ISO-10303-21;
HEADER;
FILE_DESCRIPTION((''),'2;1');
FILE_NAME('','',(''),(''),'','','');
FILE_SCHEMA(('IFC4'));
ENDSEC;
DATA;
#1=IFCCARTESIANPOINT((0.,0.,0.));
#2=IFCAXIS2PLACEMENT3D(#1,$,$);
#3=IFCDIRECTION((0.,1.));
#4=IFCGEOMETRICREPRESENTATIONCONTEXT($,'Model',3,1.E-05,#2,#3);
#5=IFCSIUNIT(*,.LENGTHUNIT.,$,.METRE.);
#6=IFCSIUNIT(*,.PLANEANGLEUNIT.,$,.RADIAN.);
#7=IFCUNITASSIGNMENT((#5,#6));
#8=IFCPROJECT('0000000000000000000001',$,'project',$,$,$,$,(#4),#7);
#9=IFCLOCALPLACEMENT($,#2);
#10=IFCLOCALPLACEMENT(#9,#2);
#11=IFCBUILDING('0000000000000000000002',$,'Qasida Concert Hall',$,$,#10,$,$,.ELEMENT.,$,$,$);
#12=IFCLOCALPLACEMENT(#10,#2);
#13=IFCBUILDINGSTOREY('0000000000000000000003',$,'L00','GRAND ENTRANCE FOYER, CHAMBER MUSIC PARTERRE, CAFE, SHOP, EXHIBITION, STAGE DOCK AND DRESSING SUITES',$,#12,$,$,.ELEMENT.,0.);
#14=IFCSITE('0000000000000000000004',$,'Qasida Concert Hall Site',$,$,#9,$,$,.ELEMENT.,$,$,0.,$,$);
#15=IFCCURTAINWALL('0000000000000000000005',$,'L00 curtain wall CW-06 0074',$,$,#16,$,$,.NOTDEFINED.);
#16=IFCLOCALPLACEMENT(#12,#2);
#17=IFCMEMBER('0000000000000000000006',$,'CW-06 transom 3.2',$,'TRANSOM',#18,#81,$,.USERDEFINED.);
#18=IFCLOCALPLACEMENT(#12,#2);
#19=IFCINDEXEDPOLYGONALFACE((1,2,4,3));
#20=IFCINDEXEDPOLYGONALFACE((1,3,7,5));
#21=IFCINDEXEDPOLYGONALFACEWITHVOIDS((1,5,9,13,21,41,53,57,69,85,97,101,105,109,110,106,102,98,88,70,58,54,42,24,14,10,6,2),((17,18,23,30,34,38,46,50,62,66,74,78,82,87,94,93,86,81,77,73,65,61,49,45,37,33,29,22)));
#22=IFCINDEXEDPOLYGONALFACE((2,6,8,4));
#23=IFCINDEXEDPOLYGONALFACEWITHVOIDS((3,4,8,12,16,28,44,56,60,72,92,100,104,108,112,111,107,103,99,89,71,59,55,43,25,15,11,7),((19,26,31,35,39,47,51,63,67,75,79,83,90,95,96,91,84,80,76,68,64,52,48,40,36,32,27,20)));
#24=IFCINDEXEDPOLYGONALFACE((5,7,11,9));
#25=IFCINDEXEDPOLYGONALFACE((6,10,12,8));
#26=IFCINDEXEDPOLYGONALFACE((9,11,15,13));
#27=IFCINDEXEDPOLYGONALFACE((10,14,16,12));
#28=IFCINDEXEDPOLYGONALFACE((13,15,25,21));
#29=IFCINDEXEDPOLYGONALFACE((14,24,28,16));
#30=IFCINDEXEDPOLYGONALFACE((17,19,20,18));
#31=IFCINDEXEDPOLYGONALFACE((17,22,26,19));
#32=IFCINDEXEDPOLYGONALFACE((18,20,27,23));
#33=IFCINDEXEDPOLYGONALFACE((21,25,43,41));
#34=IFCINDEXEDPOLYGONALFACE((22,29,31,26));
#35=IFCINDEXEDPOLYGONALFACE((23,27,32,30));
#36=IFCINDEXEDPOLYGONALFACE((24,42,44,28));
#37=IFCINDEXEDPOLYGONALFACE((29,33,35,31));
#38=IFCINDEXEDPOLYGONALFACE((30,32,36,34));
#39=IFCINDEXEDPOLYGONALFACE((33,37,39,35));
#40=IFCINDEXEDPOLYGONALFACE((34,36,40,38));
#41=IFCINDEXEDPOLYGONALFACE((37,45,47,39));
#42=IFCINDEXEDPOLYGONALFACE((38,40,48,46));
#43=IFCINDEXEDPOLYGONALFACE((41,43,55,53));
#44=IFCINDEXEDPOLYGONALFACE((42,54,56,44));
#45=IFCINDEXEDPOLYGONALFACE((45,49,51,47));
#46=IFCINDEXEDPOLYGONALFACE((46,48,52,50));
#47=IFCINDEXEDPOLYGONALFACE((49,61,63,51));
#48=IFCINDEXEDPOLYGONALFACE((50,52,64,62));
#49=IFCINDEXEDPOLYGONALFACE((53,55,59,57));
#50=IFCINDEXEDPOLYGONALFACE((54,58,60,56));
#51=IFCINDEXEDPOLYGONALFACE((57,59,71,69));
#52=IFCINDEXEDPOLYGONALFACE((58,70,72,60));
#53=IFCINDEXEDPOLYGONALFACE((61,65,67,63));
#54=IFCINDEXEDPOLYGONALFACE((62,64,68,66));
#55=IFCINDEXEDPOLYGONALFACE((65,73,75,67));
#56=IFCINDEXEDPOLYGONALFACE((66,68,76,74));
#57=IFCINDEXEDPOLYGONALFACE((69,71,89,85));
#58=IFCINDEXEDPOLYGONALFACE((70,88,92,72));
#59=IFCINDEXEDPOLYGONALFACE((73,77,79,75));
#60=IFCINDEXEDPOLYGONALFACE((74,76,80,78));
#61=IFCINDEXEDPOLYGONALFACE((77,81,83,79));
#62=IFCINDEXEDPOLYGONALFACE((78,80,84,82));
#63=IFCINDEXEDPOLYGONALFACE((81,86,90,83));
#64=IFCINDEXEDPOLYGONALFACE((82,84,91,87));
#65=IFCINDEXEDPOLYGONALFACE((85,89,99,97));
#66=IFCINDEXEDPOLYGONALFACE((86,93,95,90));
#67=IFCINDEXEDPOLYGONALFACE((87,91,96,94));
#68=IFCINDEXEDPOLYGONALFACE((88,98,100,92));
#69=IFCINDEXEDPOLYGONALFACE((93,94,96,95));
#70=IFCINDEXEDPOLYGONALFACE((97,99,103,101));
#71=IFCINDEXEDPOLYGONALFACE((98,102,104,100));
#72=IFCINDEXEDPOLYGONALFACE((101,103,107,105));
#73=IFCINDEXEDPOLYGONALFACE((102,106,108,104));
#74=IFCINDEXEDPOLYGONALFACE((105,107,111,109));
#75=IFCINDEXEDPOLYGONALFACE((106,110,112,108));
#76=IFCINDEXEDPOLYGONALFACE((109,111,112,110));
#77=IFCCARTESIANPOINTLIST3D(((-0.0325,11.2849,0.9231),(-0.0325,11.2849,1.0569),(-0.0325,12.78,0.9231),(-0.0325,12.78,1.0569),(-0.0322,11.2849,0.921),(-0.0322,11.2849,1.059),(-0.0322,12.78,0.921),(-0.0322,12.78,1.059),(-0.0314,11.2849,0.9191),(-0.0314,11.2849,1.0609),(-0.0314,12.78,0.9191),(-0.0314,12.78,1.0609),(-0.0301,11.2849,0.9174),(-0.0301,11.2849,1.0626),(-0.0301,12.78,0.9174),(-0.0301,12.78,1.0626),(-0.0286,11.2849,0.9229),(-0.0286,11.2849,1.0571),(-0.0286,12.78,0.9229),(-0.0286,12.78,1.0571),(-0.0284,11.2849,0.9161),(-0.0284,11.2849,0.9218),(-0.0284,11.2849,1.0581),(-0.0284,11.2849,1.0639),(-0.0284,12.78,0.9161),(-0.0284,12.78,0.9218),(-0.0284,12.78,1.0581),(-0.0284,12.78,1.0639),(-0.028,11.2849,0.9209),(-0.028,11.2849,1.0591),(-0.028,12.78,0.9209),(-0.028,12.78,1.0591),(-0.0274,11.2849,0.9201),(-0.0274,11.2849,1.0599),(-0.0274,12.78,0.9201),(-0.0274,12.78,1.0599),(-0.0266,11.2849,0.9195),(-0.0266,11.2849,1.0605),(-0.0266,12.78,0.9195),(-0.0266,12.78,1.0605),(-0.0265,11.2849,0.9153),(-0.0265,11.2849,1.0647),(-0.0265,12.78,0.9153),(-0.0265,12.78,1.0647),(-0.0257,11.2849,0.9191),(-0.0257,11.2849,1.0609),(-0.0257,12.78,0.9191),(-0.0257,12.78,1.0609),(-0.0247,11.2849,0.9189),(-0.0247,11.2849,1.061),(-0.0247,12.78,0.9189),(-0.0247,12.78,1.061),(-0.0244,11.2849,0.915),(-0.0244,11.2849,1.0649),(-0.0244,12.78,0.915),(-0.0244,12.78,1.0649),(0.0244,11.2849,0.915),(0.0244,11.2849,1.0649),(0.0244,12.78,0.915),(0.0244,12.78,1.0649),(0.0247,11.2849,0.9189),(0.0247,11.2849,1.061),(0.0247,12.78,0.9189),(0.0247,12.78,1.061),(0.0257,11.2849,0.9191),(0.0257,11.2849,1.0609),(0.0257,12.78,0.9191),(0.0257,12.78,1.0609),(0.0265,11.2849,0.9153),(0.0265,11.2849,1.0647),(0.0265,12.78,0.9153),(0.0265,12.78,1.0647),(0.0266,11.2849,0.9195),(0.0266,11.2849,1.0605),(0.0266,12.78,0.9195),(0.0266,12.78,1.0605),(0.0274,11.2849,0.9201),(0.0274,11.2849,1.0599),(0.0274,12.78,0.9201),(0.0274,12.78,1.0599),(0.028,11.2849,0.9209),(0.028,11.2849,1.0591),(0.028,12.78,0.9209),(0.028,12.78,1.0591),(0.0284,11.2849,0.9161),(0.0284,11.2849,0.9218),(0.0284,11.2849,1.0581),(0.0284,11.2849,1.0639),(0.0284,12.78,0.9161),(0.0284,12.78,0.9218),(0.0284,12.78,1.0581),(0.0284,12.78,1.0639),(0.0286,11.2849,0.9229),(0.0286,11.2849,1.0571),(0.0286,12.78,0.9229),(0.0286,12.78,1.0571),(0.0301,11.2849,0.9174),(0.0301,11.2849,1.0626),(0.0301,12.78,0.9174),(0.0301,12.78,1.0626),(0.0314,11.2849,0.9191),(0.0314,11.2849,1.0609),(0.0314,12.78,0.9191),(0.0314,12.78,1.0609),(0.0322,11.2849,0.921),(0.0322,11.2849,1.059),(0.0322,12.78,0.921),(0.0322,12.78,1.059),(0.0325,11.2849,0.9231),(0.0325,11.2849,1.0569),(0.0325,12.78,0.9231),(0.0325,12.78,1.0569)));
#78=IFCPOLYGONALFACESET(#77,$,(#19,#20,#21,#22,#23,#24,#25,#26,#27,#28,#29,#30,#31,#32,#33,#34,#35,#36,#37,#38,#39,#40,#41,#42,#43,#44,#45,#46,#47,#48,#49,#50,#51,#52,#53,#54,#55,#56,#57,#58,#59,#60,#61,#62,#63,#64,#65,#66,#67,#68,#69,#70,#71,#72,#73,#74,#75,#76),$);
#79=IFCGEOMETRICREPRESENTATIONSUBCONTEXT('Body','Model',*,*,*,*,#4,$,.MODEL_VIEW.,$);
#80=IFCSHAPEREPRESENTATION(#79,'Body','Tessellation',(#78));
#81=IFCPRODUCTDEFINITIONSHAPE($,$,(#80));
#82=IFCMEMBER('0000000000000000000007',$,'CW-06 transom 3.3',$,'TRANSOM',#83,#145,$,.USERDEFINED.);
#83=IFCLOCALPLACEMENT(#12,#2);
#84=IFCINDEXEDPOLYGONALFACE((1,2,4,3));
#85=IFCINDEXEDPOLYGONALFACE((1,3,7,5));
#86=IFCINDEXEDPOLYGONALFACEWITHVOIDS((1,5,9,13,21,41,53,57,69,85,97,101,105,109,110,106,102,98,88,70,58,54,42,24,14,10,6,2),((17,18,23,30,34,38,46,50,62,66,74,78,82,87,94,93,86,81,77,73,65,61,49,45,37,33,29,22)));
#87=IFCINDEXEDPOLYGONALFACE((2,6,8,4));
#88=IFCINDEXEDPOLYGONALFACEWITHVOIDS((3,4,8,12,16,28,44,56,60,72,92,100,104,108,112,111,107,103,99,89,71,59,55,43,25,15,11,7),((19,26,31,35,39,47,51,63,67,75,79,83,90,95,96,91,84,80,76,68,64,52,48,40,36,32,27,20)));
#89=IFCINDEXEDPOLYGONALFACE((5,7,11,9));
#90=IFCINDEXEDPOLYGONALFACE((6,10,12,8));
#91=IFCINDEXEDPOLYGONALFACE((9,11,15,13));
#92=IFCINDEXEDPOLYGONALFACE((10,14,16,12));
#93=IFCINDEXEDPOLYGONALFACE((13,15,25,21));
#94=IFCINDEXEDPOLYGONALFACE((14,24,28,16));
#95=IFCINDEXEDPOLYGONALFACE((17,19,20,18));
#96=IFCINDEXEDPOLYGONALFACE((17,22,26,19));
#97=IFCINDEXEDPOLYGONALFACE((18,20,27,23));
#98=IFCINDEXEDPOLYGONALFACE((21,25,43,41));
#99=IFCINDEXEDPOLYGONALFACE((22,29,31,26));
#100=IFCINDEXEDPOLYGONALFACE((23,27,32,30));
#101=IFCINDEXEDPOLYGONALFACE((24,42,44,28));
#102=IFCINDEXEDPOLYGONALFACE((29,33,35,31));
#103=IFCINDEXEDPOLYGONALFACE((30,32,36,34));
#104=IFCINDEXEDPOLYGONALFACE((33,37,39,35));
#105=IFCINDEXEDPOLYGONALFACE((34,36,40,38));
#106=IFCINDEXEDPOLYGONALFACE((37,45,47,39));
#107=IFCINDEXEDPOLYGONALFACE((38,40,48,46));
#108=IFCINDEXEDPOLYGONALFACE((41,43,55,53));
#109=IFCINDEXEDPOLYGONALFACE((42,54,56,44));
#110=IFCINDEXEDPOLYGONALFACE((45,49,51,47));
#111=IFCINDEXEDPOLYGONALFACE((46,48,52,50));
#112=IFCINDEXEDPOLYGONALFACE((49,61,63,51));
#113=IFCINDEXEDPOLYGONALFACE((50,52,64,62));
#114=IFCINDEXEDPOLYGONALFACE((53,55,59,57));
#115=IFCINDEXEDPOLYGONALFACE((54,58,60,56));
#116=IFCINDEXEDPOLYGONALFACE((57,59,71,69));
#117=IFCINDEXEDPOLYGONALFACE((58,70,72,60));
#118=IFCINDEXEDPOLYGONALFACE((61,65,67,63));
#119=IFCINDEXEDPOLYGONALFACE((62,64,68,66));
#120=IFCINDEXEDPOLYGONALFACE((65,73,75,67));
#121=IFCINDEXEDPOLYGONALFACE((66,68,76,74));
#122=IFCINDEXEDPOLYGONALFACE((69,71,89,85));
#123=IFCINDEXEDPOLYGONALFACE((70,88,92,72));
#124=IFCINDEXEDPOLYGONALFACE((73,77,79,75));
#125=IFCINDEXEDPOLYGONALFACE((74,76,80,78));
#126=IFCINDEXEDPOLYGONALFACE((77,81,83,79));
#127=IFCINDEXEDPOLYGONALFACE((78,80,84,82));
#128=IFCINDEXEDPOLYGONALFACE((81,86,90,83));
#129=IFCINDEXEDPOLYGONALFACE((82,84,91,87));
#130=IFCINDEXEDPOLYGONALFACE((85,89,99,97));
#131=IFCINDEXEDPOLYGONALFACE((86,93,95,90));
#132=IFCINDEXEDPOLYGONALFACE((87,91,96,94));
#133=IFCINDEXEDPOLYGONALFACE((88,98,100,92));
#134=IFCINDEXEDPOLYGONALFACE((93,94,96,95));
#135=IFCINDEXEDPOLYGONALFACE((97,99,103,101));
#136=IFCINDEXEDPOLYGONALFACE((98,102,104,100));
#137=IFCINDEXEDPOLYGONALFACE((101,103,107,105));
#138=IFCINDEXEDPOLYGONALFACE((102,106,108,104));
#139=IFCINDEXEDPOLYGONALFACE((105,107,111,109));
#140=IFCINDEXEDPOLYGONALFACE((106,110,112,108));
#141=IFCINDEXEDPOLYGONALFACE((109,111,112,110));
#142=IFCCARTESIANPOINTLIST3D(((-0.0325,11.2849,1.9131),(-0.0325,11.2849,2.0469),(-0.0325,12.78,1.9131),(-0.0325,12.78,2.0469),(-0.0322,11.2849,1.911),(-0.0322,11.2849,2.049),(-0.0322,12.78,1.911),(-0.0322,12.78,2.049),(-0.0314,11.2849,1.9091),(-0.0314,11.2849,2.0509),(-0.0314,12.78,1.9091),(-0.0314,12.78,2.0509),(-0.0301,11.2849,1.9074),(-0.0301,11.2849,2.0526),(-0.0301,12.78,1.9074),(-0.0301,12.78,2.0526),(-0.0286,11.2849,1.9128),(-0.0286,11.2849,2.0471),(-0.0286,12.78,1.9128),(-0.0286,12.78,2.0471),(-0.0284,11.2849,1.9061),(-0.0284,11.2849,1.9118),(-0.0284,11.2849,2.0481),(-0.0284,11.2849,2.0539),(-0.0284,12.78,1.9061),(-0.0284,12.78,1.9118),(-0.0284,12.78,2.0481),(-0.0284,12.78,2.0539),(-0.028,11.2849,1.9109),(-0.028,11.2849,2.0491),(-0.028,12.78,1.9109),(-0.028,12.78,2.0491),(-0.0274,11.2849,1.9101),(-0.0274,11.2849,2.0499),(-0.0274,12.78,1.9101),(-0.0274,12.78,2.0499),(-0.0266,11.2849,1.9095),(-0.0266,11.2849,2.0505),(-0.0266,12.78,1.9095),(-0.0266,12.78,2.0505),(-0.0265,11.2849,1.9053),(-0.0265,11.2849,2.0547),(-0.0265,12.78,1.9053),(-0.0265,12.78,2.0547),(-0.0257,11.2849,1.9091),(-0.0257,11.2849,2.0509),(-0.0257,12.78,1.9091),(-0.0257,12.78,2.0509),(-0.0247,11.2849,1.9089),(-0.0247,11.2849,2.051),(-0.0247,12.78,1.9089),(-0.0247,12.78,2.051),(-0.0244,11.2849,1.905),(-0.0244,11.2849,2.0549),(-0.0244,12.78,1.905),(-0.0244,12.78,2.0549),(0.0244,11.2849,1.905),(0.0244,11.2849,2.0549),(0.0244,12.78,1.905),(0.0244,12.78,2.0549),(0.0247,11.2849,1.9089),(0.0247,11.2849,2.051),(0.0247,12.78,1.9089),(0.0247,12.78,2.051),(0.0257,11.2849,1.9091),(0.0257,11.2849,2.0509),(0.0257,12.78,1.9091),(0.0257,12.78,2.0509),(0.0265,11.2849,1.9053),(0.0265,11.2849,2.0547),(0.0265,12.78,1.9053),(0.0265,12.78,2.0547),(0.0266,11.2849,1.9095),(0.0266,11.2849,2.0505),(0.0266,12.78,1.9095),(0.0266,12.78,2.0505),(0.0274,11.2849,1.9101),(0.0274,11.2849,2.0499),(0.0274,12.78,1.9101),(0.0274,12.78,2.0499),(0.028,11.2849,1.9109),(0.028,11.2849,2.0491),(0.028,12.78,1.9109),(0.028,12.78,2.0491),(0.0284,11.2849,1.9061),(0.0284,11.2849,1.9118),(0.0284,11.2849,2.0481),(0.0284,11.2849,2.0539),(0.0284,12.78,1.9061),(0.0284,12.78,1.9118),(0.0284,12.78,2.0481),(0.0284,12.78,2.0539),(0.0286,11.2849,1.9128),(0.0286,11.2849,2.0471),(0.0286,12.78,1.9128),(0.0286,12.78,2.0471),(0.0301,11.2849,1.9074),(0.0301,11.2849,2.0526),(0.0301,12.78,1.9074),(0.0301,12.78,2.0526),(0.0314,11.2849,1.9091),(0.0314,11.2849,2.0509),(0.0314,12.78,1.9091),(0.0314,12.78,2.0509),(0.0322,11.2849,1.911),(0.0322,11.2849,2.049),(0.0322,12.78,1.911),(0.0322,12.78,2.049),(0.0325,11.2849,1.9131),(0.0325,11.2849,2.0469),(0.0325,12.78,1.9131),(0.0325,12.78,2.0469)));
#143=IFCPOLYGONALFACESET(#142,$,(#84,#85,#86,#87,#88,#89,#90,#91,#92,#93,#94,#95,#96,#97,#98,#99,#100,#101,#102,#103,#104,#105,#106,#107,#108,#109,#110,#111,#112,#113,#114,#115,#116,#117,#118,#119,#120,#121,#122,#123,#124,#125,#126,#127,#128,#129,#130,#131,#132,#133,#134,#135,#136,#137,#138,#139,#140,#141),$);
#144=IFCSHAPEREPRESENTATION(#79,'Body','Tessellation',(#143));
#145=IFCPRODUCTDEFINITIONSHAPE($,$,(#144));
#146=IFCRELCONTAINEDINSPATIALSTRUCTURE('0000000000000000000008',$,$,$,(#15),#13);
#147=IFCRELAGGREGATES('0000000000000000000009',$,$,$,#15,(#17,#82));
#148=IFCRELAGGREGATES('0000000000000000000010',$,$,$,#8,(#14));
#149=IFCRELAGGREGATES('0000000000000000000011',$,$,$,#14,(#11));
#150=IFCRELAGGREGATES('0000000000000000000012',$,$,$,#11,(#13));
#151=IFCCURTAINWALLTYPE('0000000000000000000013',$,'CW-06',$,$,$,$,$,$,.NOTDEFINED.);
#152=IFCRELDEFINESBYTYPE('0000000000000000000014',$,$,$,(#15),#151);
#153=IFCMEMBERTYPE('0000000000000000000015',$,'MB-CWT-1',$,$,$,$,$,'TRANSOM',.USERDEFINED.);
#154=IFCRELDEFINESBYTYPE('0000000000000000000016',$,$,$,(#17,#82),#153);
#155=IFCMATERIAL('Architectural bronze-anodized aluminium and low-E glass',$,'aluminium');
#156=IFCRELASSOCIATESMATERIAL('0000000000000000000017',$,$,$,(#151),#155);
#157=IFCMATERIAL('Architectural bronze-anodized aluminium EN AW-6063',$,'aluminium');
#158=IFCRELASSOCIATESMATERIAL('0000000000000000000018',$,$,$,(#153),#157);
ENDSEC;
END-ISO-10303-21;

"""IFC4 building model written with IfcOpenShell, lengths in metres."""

from ifc_helpers import new_model, si_unit, direction, frame, origin, origin_2d, place, context, subcontext, project, spatial, hollow_rectangle, extrude, material, material_profile, profile_set, type_object, element, aggregate, save


model = new_model("IFC4")

# Units and contexts
model_context = context("Model", 3, precision=1e-05, world=origin(), true_north=direction((0.0, 1.0)))
body_context = subcontext(model_context, "Body", "Model", "MODEL_VIEW")
ifc_project = project(units=[si_unit("LENGTHUNIT", "METRE"), si_unit("PLANEANGLEUNIT", "RADIAN")], contexts=[model_context])

# Site, building, storey
site_placement = place(None, origin())
site = spatial("IfcSite", under=ifc_project, at=site_placement, Name="Qasida Concert Hall Site", CompositionType="ELEMENT", RefElevation=0.0)
building_placement = place(site_placement, origin())
building = spatial("IfcBuilding", under=site, at=building_placement, Name="Qasida Concert Hall", CompositionType="ELEMENT")
storey_placement = place(building_placement, origin())
storey = spatial("IfcBuildingStorey", under=building, at=storey_placement, Name="L00", Description="GRAND ENTRANCE FOYER, CHAMBER MUSIC PARTERRE, CAFE, SHOP, EXHIBITION, STAGE DOCK AND DRESSING SUITES", CompositionType="ELEMENT", Elevation=0.0)

# Curtain wall, members
ifc_material_1 = material(Name="Architectural bronze-anodized aluminium and low-E glass", Category="aluminium")
curtain_wall_type = type_object("IfcCurtainWallType", Name="CW-06", PredefinedType="NOTDEFINED", material=ifc_material_1)
curtain_wall_placement = place(storey_placement, origin())
curtain_wall = element("IfcCurtainWall", 1, at=curtain_wall_placement, inside=storey, type_object=curtain_wall_type, Name="L00 curtain wall CW-06 0074", PredefinedType="NOTDEFINED")
ifc_material_2 = material(Name="Architectural bronze-anodized aluminium EN AW-6063", Category="aluminium")
ifc_material_profile_1 = material_profile(ifc_material_2, hollow_rectangle(XDim=0.0649, YDim=0.1499, WallThickness=0.0039, InnerFilletRadius=0.0039, OuterFilletRadius=0.0081, at=origin_2d()), Name="CWT 150x65x4")
ifc_profile_set_1 = profile_set([ifc_material_profile_1], Name="Architectural bronze-anodized aluminium EN AW-6063")
member_type_1 = type_object("IfcMemberType", Name="MB-CWT-1", ElementType="TRANSOM", PredefinedType="USERDEFINED", material=ifc_profile_set_1)
member_1_placement = place(storey_placement, frame((0.0, 11.2849, 0.99), z_axis=(0.0, 1.0, 0.0), x_axis=(-1.0, 0.0, 0.0)))
member_1 = element("IfcMember", 2, at=member_1_placement, type_object=member_type_1, Name="CW-06 transom 3.2", ObjectType="TRANSOM", PredefinedType="USERDEFINED", context=body_context, shape_type="SweptSolid", body=[
    extrude(hollow_rectangle(XDim=0.0649, YDim=0.1499, WallThickness=0.0039, InnerFilletRadius=0.0039, OuterFilletRadius=0.0081, at=origin_2d()), origin(), (0.0, 0.0, 1.0), 1.4951),
])
member_2_placement = place(storey_placement, frame((0.0, 11.2849, 1.98), z_axis=(0.0, 1.0, 0.0), x_axis=(-1.0, 0.0, 0.0)))
member_2 = element("IfcMember", 3, at=member_2_placement, type_object=member_type_1, Name="CW-06 transom 3.3", ObjectType="TRANSOM", PredefinedType="USERDEFINED", context=body_context, shape_type="SweptSolid", body=[
    extrude(hollow_rectangle(XDim=0.0649, YDim=0.1499, WallThickness=0.0039, InnerFilletRadius=0.0039, OuterFilletRadius=0.0081, at=origin_2d()), origin(), (0.0, 0.0, 1.0), 1.4951),
])
aggregate(curtain_wall, [member_1, member_2])

save(model, "model.ifc")
